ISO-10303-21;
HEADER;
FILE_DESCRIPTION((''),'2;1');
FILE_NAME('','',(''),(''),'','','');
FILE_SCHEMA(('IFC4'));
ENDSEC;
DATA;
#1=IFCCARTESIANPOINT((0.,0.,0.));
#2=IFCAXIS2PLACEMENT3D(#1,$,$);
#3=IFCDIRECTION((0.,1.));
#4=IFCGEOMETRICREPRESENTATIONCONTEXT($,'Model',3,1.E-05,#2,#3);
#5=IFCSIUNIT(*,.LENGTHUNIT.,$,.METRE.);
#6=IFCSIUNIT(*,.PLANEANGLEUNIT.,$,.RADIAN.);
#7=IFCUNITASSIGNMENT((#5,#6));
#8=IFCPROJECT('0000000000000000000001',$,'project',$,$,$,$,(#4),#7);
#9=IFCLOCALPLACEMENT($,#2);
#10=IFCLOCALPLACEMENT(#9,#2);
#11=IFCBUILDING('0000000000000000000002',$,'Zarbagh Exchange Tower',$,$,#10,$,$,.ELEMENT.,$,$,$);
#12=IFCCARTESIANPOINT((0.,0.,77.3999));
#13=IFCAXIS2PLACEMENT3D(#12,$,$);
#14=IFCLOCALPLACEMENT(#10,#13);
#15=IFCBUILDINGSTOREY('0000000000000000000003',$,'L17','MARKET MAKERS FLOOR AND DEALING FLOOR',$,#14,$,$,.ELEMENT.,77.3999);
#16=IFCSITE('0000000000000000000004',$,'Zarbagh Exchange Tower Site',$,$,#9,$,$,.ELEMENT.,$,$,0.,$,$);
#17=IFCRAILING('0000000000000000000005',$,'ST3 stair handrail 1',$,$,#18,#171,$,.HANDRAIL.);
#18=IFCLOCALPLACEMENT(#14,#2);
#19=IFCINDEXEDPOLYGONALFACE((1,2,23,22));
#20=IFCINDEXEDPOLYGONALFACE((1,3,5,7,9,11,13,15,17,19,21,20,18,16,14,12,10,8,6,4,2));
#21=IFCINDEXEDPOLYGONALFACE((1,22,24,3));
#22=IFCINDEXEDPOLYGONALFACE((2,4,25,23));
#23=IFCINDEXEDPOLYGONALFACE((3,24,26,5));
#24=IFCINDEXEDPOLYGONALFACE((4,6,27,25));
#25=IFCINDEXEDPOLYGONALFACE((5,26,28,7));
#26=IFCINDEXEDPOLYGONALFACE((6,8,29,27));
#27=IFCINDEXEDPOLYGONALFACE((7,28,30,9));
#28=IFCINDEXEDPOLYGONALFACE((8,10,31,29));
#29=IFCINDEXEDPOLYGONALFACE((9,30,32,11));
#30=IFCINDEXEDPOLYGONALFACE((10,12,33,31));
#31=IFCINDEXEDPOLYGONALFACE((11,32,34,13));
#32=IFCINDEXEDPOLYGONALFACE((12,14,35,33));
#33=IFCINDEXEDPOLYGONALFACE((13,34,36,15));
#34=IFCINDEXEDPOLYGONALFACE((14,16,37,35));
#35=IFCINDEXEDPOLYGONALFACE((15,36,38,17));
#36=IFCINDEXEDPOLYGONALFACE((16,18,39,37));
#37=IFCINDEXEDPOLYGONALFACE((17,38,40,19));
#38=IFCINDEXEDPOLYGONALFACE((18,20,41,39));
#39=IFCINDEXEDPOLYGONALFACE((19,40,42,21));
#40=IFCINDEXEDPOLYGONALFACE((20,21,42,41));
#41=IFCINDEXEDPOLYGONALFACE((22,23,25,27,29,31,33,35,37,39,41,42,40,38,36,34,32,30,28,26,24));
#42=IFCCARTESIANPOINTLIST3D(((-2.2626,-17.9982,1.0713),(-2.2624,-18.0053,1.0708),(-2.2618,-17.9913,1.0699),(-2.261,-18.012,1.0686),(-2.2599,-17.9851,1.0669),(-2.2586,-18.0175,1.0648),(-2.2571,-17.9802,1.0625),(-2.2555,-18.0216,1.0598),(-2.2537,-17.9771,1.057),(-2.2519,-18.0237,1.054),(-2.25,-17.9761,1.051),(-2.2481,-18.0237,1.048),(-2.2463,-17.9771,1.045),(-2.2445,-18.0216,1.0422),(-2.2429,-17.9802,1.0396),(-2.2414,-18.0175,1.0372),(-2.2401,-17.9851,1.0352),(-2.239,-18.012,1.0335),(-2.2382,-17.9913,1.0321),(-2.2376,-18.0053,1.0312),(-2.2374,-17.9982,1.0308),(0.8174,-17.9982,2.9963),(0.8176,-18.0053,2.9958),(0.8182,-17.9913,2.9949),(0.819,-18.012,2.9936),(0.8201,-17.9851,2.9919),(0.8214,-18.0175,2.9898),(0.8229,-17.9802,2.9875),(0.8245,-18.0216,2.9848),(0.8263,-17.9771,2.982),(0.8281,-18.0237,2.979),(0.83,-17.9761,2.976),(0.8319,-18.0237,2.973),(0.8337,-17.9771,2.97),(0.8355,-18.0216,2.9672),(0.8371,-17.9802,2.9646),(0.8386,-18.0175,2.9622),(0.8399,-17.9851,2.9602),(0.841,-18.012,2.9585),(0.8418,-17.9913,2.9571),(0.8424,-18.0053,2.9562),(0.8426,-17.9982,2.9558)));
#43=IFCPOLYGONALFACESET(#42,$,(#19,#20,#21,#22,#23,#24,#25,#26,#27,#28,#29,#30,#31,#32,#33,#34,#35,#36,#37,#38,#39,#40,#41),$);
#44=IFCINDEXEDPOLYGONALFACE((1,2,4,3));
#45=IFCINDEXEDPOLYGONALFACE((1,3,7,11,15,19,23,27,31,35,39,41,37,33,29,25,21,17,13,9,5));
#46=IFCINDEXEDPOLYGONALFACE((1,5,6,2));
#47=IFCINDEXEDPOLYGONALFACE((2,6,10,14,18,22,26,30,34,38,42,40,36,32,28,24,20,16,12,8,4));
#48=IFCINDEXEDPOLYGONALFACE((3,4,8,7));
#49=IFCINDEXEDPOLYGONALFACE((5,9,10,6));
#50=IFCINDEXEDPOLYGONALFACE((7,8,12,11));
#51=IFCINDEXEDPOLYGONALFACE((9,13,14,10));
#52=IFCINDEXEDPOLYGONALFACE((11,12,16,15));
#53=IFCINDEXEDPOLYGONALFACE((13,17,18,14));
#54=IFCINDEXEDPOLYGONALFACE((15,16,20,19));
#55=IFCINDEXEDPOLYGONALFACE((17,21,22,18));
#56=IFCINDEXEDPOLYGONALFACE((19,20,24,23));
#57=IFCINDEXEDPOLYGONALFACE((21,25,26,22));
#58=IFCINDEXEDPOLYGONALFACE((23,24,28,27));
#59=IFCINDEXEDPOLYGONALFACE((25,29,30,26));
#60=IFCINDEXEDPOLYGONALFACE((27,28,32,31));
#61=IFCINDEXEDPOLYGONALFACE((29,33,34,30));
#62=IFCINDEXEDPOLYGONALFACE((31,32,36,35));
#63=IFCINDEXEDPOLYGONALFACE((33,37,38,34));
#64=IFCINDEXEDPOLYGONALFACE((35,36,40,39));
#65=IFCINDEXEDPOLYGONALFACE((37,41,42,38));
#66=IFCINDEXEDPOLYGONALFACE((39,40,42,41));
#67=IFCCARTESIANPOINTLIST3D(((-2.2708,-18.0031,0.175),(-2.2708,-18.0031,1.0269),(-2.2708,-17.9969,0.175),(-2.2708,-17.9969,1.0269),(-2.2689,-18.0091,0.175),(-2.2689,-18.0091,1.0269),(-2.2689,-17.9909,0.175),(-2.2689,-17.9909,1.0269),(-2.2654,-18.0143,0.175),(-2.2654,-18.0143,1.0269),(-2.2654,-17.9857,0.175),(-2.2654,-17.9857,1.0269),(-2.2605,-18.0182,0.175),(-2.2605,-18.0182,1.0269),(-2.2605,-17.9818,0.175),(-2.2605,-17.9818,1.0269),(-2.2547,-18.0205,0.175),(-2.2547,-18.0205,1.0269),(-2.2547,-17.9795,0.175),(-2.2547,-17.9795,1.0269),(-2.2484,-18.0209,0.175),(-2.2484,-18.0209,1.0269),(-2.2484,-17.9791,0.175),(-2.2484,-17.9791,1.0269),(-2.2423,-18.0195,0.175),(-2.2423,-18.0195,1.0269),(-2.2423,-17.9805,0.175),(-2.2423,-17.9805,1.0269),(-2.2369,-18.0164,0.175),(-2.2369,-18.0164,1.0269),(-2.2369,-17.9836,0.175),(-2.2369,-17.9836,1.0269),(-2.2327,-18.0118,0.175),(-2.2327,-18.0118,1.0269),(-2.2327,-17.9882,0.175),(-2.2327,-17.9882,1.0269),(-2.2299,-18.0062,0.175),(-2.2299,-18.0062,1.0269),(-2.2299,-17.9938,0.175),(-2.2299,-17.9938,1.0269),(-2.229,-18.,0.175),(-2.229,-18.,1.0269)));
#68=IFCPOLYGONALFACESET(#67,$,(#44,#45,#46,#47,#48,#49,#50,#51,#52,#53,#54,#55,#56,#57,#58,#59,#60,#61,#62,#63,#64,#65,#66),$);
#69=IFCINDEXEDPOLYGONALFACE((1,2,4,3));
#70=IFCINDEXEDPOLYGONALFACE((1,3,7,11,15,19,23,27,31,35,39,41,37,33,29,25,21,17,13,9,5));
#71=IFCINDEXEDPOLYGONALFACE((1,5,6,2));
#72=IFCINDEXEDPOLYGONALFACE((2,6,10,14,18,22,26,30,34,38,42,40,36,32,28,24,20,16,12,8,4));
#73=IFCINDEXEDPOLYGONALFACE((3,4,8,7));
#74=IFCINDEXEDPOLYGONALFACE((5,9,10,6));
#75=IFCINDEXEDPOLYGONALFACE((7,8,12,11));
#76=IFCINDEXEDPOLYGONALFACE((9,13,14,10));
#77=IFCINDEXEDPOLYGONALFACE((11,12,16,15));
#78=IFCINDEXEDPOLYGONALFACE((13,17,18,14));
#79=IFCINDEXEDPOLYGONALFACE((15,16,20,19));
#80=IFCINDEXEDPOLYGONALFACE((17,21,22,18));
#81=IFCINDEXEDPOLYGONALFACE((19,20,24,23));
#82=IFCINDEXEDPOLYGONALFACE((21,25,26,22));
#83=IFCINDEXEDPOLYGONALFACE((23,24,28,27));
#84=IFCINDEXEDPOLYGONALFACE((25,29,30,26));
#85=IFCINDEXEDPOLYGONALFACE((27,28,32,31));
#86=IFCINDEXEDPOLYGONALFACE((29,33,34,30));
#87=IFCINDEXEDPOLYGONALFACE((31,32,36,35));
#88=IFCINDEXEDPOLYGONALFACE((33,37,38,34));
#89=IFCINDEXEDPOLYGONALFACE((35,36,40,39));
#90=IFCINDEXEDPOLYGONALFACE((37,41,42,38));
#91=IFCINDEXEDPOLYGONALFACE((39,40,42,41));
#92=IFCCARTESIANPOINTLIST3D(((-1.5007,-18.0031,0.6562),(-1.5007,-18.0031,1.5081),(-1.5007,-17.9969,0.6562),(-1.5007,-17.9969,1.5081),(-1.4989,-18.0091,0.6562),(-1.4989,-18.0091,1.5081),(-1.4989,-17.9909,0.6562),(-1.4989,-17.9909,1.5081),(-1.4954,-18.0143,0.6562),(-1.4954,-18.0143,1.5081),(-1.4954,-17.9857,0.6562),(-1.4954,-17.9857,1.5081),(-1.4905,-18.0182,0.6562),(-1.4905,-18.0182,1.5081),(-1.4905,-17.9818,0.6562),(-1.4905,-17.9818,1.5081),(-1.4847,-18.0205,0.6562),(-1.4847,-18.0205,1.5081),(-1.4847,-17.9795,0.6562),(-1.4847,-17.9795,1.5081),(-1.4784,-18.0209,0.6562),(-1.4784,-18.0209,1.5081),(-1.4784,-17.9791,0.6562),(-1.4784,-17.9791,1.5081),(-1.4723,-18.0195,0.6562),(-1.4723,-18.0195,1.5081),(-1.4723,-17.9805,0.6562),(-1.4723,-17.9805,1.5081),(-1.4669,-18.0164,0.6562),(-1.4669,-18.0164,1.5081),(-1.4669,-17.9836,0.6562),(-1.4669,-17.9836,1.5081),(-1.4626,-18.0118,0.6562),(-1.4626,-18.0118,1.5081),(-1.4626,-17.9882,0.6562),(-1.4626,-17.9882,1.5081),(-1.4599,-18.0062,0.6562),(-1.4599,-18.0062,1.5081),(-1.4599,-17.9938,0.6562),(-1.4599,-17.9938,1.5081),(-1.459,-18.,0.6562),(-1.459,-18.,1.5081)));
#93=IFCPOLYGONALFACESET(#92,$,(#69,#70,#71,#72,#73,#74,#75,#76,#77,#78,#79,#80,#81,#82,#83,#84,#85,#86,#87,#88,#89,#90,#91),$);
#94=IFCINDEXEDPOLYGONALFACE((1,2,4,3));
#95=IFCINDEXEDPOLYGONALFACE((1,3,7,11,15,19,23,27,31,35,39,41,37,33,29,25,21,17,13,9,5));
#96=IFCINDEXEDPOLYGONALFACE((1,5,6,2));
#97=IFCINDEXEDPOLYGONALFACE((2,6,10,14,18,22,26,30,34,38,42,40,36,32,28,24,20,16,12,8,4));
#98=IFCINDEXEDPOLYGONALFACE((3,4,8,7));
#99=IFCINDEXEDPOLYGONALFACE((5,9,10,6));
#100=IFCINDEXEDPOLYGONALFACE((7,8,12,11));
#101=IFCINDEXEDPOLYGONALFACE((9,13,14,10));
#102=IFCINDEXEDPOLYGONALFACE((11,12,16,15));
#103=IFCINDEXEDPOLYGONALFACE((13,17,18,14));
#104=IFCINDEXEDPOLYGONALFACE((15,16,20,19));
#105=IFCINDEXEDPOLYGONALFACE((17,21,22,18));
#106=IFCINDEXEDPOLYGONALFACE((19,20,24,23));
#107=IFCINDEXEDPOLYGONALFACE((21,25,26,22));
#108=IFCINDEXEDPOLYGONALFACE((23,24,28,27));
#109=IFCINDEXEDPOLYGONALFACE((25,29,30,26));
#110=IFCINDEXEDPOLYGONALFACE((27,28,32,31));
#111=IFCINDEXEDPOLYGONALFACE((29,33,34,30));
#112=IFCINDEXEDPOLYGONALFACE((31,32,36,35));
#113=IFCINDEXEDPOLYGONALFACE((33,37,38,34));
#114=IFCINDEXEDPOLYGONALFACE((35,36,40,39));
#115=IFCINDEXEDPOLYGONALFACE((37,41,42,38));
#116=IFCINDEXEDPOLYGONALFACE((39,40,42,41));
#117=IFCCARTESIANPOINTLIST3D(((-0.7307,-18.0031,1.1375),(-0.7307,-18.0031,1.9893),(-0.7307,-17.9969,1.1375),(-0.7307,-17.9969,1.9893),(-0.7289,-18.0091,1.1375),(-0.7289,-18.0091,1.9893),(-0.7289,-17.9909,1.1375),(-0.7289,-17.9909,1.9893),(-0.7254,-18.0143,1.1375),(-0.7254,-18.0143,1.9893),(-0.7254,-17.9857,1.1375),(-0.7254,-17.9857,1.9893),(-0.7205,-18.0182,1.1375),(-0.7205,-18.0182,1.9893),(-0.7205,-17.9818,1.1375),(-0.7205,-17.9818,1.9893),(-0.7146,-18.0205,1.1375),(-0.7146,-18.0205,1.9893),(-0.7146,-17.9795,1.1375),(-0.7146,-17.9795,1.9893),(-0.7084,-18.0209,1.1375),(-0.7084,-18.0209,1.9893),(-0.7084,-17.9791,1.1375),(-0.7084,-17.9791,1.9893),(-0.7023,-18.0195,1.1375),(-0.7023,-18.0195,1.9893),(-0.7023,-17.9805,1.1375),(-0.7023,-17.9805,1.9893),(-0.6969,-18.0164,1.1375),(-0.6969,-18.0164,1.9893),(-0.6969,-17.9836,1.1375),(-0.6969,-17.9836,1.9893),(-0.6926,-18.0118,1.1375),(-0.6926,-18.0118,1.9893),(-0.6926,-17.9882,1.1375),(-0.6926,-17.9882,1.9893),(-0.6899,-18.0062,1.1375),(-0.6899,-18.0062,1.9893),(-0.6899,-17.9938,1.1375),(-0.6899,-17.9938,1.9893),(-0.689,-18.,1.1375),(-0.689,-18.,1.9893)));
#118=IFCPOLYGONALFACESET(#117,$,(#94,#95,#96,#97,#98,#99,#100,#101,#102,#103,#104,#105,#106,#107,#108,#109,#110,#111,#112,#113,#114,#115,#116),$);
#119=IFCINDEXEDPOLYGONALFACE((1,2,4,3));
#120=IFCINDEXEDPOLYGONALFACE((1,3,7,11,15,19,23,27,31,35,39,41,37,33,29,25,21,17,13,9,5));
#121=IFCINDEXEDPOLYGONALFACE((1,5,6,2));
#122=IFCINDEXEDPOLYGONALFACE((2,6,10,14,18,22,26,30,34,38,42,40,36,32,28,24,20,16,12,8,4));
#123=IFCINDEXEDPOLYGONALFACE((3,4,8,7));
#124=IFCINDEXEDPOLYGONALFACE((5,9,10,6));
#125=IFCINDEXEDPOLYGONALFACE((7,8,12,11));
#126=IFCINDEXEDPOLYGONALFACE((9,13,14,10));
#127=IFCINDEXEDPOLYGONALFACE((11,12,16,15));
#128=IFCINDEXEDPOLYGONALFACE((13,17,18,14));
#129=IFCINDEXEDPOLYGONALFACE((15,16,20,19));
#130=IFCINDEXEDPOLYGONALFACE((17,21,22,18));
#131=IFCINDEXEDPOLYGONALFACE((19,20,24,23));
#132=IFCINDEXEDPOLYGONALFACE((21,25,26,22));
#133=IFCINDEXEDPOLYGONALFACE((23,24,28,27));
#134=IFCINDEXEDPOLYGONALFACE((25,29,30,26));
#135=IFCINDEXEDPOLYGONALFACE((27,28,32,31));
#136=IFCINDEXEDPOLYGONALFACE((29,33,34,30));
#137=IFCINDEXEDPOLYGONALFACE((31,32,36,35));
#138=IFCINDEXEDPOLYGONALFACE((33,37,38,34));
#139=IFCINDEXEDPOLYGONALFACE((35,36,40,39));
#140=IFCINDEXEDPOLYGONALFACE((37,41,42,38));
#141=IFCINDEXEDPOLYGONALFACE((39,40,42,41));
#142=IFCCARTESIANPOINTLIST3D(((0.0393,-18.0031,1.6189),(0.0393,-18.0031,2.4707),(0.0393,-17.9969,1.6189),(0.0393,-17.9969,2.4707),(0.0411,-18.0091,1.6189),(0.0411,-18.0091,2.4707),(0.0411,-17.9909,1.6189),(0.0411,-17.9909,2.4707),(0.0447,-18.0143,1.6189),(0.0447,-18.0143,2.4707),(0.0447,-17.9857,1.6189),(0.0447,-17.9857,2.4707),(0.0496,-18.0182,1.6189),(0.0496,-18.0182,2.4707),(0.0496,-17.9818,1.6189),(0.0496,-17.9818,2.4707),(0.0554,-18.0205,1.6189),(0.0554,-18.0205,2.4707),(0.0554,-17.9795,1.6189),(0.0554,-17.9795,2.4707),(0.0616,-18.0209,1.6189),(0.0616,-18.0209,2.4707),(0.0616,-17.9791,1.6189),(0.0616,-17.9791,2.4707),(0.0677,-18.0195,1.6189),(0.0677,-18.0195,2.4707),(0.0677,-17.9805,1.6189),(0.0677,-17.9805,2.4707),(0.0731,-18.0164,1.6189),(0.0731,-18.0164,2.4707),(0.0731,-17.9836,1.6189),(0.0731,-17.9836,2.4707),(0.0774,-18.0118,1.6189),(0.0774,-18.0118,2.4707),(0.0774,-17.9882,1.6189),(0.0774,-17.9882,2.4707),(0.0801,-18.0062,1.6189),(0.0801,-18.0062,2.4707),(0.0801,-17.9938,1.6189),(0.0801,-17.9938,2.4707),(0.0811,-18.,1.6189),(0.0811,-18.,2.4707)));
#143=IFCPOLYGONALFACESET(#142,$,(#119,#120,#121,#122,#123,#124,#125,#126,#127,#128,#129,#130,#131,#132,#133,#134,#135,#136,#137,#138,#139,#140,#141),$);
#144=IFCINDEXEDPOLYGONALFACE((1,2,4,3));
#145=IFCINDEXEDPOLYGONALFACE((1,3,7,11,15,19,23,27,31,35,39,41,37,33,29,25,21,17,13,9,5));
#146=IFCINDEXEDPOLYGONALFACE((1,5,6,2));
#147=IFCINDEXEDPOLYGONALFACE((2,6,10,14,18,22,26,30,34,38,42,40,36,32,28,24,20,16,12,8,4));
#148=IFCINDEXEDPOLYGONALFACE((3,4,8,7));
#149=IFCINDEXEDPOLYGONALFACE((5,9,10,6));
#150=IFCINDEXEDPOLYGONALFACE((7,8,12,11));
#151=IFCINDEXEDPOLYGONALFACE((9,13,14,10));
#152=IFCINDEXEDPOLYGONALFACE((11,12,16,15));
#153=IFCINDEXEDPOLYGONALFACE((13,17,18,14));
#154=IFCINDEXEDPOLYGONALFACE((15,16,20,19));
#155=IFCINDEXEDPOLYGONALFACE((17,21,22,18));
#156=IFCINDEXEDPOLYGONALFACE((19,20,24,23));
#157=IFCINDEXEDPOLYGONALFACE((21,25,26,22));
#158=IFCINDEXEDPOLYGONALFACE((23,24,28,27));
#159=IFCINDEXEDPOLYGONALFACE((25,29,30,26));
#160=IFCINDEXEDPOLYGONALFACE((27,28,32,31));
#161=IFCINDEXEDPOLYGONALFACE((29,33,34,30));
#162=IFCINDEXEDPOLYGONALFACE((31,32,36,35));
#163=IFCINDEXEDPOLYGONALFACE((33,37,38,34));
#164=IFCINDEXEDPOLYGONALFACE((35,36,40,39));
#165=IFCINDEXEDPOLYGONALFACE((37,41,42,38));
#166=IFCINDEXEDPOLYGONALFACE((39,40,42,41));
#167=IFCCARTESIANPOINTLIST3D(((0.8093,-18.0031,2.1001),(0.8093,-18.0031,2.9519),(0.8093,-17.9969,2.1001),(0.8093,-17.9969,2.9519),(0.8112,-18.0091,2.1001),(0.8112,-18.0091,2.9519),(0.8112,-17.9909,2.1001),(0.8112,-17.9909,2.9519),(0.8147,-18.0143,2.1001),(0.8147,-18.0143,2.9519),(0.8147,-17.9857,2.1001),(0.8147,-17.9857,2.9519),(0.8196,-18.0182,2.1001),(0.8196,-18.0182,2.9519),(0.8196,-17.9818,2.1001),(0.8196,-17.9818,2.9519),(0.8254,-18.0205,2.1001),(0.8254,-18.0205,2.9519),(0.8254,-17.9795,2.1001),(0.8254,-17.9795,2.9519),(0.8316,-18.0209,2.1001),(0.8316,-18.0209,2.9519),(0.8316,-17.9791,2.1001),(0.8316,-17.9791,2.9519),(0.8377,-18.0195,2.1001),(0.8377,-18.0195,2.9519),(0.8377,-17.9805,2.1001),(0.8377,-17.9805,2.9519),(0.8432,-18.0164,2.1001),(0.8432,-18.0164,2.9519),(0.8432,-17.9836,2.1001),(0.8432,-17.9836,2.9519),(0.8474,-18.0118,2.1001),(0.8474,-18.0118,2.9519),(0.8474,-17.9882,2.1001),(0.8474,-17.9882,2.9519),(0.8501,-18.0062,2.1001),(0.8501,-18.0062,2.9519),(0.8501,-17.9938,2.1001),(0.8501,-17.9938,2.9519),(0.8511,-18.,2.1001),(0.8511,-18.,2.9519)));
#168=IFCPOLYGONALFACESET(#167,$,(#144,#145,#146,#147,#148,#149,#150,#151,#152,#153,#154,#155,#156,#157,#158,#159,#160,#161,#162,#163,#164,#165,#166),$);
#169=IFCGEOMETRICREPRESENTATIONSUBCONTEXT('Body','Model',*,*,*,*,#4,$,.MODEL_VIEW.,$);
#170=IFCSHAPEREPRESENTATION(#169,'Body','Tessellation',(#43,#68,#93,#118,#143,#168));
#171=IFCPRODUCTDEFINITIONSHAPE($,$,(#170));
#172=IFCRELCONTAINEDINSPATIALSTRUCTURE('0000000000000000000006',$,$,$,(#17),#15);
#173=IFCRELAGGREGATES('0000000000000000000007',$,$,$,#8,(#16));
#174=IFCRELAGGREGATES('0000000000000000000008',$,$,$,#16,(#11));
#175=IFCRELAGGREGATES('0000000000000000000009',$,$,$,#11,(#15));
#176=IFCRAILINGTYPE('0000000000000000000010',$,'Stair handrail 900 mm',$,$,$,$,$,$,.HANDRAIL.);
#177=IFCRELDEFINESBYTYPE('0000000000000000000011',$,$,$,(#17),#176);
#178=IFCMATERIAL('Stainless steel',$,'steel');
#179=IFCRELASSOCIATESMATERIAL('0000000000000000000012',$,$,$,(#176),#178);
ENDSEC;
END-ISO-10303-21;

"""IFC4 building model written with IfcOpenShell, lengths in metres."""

from ifc_helpers import new_model, si_unit, direction, frame, origin, origin_2d, place, context, subcontext, project, spatial, circle, extrude, material, type_object, element, save


model = new_model("IFC4")

# Units and contexts
model_context = context("Model", 3, precision=1e-05, world=origin(), true_north=direction((0.0, 1.0)))
body_context = subcontext(model_context, "Body", "Model", "MODEL_VIEW")
ifc_project = project(units=[si_unit("LENGTHUNIT", "METRE"), si_unit("PLANEANGLEUNIT", "RADIAN")], contexts=[model_context])

# Site, building, storey
site_placement = place(None, origin())
site = spatial("IfcSite", under=ifc_project, at=site_placement, Name="Zarbagh Exchange Tower Site", CompositionType="ELEMENT", RefElevation=0.0)
building_placement = place(site_placement, origin())
building = spatial("IfcBuilding", under=site, at=building_placement, Name="Zarbagh Exchange Tower", CompositionType="ELEMENT")
storey_placement = place(building_placement, frame((0.0, 0.0, 77.3999)))
storey = spatial("IfcBuildingStorey", under=building, at=storey_placement, Name="L17", Description="MARKET MAKERS FLOOR AND DEALING FLOOR", CompositionType="ELEMENT", Elevation=77.3999)

# Shared definitions
ifc_material_1 = material(Name="Stainless steel", Category="steel")

# Railing
railing_type_1 = type_object("IfcRailingType", Name="Stair handrail 900 mm", PredefinedType="HANDRAIL", material=ifc_material_1)
for number, where, name in (
    (1, (-2.25, -18.0, 0.175), "ST3 stair handrail 1"),
):
    element("IfcRailing", number, at=place(storey_placement, frame(where)), inside=storey, type_object=railing_type_1, Name=name, PredefinedType="HANDRAIL", context=body_context, shape_type="SweptSolid", body=[
        extrude(circle(Radius=0.0239, at=origin_2d()), frame((0.0, 0.0, 0.876), z_axis=(0.847998, 0.0, 0.529999), x_axis=(0.0, 1.0, 0.0)), (0.0, 0.0, 1.0), 3.6321),
        extrude(circle(Radius=0.021, at=origin_2d()), origin(), (0.0, 0.0, 1.0), 0.8518),
        extrude(circle(Radius=0.021, at=origin_2d()), frame((0.77, 0.0, 0.4812)), (0.0, 0.0, 1.0), 0.8518),
        extrude(circle(Radius=0.021, at=origin_2d()), frame((1.54, 0.0, 0.9624)), (0.0, 0.0, 1.0), 0.8518),
        extrude(circle(Radius=0.021, at=origin_2d()), frame((2.3101, 0.0, 1.4438)), (0.0, 0.0, 1.0), 0.8518),
        extrude(circle(Radius=0.021, at=origin_2d()), frame((3.0801, 0.0, 1.925)), (0.0, 0.0, 1.0), 0.8518),
    ])

save(model, "model.ifc")
